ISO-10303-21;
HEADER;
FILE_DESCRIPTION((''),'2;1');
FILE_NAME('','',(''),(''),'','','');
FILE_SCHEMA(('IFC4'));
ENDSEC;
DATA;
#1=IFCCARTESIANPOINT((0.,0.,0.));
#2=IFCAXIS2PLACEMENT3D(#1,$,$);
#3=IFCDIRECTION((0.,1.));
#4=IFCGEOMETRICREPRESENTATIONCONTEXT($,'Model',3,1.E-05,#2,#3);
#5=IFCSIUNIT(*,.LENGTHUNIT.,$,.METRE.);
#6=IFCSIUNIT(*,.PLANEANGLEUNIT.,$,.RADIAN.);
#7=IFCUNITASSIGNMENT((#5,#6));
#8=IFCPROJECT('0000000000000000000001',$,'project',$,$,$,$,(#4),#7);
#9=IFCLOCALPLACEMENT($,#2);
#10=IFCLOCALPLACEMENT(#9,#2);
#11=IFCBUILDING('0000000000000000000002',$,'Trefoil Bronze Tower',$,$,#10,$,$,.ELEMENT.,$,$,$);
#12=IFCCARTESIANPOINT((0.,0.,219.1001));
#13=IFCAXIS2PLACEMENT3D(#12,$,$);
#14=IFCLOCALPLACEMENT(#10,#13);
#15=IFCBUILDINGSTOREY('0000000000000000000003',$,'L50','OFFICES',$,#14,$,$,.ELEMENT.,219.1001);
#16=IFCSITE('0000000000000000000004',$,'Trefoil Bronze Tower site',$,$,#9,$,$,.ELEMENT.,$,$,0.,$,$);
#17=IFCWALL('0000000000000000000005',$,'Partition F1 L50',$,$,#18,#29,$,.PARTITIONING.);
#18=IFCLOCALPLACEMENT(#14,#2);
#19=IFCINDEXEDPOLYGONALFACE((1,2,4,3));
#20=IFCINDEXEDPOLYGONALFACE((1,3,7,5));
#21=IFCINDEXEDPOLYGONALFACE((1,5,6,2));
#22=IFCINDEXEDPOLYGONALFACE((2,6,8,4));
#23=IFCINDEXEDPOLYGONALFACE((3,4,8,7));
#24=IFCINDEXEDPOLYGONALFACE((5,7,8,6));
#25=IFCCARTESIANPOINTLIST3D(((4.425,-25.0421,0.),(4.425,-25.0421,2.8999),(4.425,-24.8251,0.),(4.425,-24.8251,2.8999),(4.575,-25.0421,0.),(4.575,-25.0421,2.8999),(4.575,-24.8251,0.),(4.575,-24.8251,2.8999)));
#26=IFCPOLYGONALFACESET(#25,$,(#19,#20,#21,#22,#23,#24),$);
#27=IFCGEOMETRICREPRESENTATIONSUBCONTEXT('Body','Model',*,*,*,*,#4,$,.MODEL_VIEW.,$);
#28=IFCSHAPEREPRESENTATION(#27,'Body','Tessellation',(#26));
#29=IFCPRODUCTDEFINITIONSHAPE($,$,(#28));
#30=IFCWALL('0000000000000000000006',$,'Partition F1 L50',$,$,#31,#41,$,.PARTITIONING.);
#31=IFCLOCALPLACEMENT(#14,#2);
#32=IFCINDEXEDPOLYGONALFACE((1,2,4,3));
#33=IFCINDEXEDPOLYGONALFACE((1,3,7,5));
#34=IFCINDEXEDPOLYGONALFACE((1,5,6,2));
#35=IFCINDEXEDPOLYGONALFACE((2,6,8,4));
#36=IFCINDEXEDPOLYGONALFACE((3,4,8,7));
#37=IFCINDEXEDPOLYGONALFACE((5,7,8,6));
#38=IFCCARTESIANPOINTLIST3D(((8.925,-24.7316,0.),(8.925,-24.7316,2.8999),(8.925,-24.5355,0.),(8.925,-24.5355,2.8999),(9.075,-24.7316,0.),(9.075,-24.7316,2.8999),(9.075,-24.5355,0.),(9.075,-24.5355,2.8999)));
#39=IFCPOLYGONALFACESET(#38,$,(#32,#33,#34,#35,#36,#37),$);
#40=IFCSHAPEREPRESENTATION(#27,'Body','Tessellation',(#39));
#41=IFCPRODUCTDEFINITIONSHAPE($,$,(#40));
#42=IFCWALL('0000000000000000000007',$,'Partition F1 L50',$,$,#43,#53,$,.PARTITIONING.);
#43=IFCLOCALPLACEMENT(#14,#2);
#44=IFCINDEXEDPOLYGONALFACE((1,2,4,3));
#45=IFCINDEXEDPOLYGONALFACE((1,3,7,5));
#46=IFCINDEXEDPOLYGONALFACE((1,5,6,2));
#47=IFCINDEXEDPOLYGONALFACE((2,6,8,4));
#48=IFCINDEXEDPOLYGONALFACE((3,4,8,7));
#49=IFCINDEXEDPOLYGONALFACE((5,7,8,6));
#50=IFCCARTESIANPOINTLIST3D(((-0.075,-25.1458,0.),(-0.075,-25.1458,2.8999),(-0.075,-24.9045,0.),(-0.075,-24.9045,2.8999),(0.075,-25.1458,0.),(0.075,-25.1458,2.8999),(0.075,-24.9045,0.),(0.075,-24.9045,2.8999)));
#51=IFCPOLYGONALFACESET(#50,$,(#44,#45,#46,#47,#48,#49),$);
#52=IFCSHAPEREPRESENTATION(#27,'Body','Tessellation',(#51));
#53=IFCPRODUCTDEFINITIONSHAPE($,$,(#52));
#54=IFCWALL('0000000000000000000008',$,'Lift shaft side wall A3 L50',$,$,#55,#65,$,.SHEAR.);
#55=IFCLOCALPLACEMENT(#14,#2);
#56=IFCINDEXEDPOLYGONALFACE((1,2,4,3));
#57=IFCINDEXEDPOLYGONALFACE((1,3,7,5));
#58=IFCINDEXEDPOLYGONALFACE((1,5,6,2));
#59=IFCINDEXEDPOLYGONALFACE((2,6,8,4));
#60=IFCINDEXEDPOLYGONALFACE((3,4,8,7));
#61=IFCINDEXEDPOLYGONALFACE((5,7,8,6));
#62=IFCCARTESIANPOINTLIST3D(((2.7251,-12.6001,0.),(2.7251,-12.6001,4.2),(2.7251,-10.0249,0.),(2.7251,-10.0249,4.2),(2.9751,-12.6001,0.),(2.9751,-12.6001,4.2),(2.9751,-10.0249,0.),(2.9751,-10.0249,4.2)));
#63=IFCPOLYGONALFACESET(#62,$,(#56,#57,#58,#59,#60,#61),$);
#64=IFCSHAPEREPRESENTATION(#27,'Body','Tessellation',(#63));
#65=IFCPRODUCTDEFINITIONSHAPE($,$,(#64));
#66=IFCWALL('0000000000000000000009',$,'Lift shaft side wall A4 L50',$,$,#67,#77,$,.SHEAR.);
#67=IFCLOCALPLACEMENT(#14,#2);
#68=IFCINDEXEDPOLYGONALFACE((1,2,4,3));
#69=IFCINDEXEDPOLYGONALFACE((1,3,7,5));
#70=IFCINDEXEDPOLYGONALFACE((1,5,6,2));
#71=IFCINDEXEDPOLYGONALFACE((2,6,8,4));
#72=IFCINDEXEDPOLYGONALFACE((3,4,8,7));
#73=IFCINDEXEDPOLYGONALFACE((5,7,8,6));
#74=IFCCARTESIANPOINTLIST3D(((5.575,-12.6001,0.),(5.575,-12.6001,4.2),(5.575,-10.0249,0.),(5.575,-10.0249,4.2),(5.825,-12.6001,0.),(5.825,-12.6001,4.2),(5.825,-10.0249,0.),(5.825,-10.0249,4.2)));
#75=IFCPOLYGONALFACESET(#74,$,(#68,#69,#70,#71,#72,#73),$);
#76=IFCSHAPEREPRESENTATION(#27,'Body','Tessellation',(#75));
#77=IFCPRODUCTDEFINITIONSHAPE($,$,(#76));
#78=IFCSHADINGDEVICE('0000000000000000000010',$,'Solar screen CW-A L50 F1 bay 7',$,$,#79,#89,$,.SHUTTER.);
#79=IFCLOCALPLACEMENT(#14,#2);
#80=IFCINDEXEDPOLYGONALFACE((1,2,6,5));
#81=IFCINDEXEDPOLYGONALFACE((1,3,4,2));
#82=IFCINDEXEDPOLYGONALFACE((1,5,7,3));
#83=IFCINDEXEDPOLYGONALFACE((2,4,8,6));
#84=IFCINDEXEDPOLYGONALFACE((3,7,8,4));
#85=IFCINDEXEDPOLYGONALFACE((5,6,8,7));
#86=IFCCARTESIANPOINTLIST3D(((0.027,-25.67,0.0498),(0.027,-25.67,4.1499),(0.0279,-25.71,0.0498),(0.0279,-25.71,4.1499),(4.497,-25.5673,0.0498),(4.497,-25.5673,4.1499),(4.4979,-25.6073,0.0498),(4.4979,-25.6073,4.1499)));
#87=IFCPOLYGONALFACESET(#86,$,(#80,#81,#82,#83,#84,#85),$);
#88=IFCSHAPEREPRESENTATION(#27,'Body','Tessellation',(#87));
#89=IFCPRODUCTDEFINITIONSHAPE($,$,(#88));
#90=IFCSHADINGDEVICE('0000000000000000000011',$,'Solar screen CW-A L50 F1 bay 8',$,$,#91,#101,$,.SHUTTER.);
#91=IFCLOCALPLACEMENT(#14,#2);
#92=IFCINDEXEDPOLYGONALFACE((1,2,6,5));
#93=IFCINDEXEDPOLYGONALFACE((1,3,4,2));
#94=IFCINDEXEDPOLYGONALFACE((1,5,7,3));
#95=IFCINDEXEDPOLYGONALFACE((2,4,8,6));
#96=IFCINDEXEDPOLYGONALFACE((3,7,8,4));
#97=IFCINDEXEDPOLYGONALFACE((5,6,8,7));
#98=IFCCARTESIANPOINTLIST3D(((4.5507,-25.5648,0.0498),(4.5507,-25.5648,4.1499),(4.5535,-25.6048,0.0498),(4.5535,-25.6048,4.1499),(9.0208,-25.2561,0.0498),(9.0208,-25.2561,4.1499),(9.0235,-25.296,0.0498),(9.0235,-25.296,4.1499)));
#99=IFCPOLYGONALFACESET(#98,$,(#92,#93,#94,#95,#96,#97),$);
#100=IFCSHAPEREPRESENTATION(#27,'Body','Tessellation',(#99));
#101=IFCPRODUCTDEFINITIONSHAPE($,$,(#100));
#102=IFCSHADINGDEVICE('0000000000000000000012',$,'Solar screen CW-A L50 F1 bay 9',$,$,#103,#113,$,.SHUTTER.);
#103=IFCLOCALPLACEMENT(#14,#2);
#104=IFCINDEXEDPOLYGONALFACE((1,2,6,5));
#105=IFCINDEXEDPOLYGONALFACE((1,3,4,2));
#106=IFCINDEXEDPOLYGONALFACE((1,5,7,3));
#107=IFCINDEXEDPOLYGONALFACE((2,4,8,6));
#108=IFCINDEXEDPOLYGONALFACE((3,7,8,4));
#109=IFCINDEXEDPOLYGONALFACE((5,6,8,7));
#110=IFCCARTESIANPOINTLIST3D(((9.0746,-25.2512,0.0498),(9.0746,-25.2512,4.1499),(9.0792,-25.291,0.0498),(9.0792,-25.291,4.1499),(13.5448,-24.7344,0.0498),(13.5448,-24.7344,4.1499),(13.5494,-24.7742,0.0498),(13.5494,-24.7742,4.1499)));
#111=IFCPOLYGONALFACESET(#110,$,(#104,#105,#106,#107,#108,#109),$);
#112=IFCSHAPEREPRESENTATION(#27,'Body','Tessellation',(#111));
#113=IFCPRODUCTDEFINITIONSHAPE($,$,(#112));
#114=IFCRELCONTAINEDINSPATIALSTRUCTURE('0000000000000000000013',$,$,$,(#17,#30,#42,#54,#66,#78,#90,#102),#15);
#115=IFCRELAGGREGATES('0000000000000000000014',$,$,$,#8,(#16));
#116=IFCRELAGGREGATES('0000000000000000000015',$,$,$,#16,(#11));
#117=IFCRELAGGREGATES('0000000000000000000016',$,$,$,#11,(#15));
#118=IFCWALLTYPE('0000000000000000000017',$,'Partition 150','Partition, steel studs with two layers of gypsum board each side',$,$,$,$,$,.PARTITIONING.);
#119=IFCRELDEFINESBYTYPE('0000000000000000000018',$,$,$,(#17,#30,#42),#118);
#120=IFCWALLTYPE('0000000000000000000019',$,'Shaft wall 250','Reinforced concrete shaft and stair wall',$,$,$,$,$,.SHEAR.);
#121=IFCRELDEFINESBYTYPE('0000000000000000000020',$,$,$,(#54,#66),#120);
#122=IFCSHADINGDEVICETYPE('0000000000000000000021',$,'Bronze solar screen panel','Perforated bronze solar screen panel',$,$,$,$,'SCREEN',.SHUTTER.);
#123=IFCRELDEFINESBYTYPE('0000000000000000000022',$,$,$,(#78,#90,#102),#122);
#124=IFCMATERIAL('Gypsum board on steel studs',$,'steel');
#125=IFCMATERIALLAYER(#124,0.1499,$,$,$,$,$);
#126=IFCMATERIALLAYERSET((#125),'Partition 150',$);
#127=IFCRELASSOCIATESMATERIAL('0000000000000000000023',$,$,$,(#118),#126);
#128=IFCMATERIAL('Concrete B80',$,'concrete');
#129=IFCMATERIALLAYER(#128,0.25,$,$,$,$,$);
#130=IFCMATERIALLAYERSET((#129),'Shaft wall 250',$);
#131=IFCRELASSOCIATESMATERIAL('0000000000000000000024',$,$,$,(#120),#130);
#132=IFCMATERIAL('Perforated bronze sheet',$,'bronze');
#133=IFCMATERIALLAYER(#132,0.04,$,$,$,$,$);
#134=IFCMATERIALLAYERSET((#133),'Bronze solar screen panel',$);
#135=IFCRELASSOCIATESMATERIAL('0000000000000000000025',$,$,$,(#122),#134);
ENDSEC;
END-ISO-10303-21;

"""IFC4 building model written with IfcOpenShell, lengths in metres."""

from ifc_helpers import new_model, si_unit, direction, frame, frame_2d, origin, origin_2d, place, context, subcontext, project, spatial, rectangle, extrude, material, layer, layer_set, type_object, element, save


model = new_model("IFC4")

# Units and contexts
model_context = context("Model", 3, precision=1e-05, world=origin(), true_north=direction((0.0, 1.0)))
body_context = subcontext(model_context, "Body", "Model", "MODEL_VIEW")
ifc_project = project(units=[si_unit("LENGTHUNIT", "METRE"), si_unit("PLANEANGLEUNIT", "RADIAN")], contexts=[model_context])

# Site, building, storey
site_placement = place(None, origin())
site = spatial("IfcSite", under=ifc_project, at=site_placement, Name="Trefoil Bronze Tower site", CompositionType="ELEMENT", RefElevation=0.0)
building_placement = place(site_placement, origin())
building = spatial("IfcBuilding", under=site, at=building_placement, Name="Trefoil Bronze Tower", CompositionType="ELEMENT")
storey_placement = place(building_placement, frame((0.0, 0.0, 219.1001)))
storey = spatial("IfcBuildingStorey", under=building, at=storey_placement, Name="L50", Description="OFFICES", CompositionType="ELEMENT", Elevation=219.1001)

# Walls
ifc_material_1 = material(Name="Gypsum board on steel studs", Category="steel")
ifc_layer_1 = layer(ifc_material_1, 0.1499)
ifc_layer_set_1 = layer_set([ifc_layer_1], Name="Partition 150")
wall_type_1 = type_object("IfcWallType", Name="Partition 150", Description="Partition, steel studs with two layers of gypsum board each side", PredefinedType="PARTITIONING", material=ifc_layer_set_1)
wall_1_placement = place(storey_placement, frame((4.5, -24.8252, 0.0), z_axis=(0.0, 0.0, 1.0), x_axis=(0.0, -1.0, 0.0)))
element("IfcWall", 1, at=wall_1_placement, inside=storey, type_object=wall_type_1, Name="Partition F1 L50", PredefinedType="PARTITIONING", context=body_context, shape_type="SweptSolid", body=[
    extrude(rectangle(XDim=0.217, YDim=0.1499, at=frame_2d((0.1084, 0.0))), origin(), (0.0, 0.0, 1.0), 2.8999),
])
wall_2_placement = place(storey_placement, frame((9.0, -24.5354, 0.0), z_axis=(0.0, 0.0, 1.0), x_axis=(0.0, -1.0, 0.0)))
element("IfcWall", 2, at=wall_2_placement, inside=storey, type_object=wall_type_1, Name="Partition F1 L50", PredefinedType="PARTITIONING", context=body_context, shape_type="SweptSolid", body=[
    extrude(rectangle(XDim=0.196, YDim=0.1499, at=frame_2d((0.0981, 0.0))), origin(), (0.0, 0.0, 1.0), 2.8999),
])
wall_3_placement = place(storey_placement, frame((0.0, -24.9045, 0.0), z_axis=(0.0, 0.0, 1.0), x_axis=(0.0, -1.0, 0.0)))
element("IfcWall", 3, at=wall_3_placement, inside=storey, type_object=wall_type_1, Name="Partition F1 L50", PredefinedType="PARTITIONING", context=body_context, shape_type="SweptSolid", body=[
    extrude(rectangle(XDim=0.2412, YDim=0.1499, at=frame_2d((0.1206, 0.0))), origin(), (0.0, 0.0, 1.0), 2.8999),
])
ifc_material_2 = material(Name="Concrete B80", Category="concrete")
ifc_layer_2 = layer(ifc_material_2, 0.25)
ifc_layer_set_2 = layer_set([ifc_layer_2], Name="Shaft wall 250")
wall_type_2 = type_object("IfcWallType", Name="Shaft wall 250", Description="Reinforced concrete shaft and stair wall", PredefinedType="SHEAR", material=ifc_layer_set_2)
for number, where, z_axis, x_axis, name in (
    (4, (2.8501, -10.0249, 0.0), (0.0, 0.0, 1.0), (0.0, -1.0, 0.0), "Lift shaft side wall A3 L50"),
    (5, (5.7, -10.0249, 0.0), (0.0, 0.0, 1.0), (0.0, -1.0, 0.0), "Lift shaft side wall A4 L50"),
):
    element("IfcWall", number, at=place(storey_placement, frame(where, z_axis=z_axis, x_axis=x_axis)), inside=storey, type_object=wall_type_2, Name=name, PredefinedType="SHEAR", context=body_context, shape_type="SweptSolid", body=[
        extrude(rectangle(XDim=2.5752, YDim=0.25, at=frame_2d((1.2876, 0.0))), origin(), (0.0, 0.0, 1.0), 4.2),
    ])

# Shading devices
ifc_material_3 = material(Name="Perforated bronze sheet", Category="bronze")
ifc_layer_3 = layer(ifc_material_3, 0.04)
ifc_layer_set_3 = layer_set([ifc_layer_3], Name="Bronze solar screen panel")
shading_device_type = type_object("IfcShadingDeviceType", Name="Bronze solar screen panel", Description="Perforated bronze solar screen panel", ElementType="SCREEN", PredefinedType="SHUTTER", material=ifc_layer_set_3)
shading_device_1_placement = place(storey_placement, frame((2.2625, -25.6387, 0.0498), z_axis=(0.0, 0.0, 1.0), x_axis=(0.999736, 0.022972, 0.0)))
element("IfcShadingDevice", 6, at=shading_device_1_placement, inside=storey, type_object=shading_device_type, Name="Solar screen CW-A L50 F1 bay 7", PredefinedType="SHUTTER", context=body_context, shape_type="SweptSolid", body=[
    extrude(rectangle(XDim=4.4712, YDim=0.04, at=origin_2d()), origin(), (0.0, 0.0, 1.0), 4.1001),
])
shading_device_2_placement = place(storey_placement, frame((6.7871, -25.4304, 0.0498), z_axis=(0.0, 0.0, 1.0), x_axis=(0.997623, 0.068915, 0.0)))
element("IfcShadingDevice", 7, at=shading_device_2_placement, inside=storey, type_object=shading_device_type, Name="Solar screen CW-A L50 F1 bay 8", PredefinedType="SHUTTER", context=body_context, shape_type="SweptSolid", body=[
    extrude(rectangle(XDim=4.4807, YDim=0.04, at=origin_2d()), origin(), (0.0, 0.0, 1.0), 4.1001),
])
shading_device_3_placement = place(storey_placement, frame((11.312, -25.0127, 0.0498), z_axis=(0.0, 0.0, 1.0), x_axis=(0.993382, 0.114859, 0.0)))
element("IfcShadingDevice", 8, at=shading_device_3_placement, inside=storey, type_object=shading_device_type, Name="Solar screen CW-A L50 F1 bay 9", PredefinedType="SHUTTER", context=body_context, shape_type="SweptSolid", body=[
    extrude(rectangle(XDim=4.5, YDim=0.04, at=origin_2d()), origin(), (0.0, 0.0, 1.0), 4.1001),
])

save(model, "model.ifc")
